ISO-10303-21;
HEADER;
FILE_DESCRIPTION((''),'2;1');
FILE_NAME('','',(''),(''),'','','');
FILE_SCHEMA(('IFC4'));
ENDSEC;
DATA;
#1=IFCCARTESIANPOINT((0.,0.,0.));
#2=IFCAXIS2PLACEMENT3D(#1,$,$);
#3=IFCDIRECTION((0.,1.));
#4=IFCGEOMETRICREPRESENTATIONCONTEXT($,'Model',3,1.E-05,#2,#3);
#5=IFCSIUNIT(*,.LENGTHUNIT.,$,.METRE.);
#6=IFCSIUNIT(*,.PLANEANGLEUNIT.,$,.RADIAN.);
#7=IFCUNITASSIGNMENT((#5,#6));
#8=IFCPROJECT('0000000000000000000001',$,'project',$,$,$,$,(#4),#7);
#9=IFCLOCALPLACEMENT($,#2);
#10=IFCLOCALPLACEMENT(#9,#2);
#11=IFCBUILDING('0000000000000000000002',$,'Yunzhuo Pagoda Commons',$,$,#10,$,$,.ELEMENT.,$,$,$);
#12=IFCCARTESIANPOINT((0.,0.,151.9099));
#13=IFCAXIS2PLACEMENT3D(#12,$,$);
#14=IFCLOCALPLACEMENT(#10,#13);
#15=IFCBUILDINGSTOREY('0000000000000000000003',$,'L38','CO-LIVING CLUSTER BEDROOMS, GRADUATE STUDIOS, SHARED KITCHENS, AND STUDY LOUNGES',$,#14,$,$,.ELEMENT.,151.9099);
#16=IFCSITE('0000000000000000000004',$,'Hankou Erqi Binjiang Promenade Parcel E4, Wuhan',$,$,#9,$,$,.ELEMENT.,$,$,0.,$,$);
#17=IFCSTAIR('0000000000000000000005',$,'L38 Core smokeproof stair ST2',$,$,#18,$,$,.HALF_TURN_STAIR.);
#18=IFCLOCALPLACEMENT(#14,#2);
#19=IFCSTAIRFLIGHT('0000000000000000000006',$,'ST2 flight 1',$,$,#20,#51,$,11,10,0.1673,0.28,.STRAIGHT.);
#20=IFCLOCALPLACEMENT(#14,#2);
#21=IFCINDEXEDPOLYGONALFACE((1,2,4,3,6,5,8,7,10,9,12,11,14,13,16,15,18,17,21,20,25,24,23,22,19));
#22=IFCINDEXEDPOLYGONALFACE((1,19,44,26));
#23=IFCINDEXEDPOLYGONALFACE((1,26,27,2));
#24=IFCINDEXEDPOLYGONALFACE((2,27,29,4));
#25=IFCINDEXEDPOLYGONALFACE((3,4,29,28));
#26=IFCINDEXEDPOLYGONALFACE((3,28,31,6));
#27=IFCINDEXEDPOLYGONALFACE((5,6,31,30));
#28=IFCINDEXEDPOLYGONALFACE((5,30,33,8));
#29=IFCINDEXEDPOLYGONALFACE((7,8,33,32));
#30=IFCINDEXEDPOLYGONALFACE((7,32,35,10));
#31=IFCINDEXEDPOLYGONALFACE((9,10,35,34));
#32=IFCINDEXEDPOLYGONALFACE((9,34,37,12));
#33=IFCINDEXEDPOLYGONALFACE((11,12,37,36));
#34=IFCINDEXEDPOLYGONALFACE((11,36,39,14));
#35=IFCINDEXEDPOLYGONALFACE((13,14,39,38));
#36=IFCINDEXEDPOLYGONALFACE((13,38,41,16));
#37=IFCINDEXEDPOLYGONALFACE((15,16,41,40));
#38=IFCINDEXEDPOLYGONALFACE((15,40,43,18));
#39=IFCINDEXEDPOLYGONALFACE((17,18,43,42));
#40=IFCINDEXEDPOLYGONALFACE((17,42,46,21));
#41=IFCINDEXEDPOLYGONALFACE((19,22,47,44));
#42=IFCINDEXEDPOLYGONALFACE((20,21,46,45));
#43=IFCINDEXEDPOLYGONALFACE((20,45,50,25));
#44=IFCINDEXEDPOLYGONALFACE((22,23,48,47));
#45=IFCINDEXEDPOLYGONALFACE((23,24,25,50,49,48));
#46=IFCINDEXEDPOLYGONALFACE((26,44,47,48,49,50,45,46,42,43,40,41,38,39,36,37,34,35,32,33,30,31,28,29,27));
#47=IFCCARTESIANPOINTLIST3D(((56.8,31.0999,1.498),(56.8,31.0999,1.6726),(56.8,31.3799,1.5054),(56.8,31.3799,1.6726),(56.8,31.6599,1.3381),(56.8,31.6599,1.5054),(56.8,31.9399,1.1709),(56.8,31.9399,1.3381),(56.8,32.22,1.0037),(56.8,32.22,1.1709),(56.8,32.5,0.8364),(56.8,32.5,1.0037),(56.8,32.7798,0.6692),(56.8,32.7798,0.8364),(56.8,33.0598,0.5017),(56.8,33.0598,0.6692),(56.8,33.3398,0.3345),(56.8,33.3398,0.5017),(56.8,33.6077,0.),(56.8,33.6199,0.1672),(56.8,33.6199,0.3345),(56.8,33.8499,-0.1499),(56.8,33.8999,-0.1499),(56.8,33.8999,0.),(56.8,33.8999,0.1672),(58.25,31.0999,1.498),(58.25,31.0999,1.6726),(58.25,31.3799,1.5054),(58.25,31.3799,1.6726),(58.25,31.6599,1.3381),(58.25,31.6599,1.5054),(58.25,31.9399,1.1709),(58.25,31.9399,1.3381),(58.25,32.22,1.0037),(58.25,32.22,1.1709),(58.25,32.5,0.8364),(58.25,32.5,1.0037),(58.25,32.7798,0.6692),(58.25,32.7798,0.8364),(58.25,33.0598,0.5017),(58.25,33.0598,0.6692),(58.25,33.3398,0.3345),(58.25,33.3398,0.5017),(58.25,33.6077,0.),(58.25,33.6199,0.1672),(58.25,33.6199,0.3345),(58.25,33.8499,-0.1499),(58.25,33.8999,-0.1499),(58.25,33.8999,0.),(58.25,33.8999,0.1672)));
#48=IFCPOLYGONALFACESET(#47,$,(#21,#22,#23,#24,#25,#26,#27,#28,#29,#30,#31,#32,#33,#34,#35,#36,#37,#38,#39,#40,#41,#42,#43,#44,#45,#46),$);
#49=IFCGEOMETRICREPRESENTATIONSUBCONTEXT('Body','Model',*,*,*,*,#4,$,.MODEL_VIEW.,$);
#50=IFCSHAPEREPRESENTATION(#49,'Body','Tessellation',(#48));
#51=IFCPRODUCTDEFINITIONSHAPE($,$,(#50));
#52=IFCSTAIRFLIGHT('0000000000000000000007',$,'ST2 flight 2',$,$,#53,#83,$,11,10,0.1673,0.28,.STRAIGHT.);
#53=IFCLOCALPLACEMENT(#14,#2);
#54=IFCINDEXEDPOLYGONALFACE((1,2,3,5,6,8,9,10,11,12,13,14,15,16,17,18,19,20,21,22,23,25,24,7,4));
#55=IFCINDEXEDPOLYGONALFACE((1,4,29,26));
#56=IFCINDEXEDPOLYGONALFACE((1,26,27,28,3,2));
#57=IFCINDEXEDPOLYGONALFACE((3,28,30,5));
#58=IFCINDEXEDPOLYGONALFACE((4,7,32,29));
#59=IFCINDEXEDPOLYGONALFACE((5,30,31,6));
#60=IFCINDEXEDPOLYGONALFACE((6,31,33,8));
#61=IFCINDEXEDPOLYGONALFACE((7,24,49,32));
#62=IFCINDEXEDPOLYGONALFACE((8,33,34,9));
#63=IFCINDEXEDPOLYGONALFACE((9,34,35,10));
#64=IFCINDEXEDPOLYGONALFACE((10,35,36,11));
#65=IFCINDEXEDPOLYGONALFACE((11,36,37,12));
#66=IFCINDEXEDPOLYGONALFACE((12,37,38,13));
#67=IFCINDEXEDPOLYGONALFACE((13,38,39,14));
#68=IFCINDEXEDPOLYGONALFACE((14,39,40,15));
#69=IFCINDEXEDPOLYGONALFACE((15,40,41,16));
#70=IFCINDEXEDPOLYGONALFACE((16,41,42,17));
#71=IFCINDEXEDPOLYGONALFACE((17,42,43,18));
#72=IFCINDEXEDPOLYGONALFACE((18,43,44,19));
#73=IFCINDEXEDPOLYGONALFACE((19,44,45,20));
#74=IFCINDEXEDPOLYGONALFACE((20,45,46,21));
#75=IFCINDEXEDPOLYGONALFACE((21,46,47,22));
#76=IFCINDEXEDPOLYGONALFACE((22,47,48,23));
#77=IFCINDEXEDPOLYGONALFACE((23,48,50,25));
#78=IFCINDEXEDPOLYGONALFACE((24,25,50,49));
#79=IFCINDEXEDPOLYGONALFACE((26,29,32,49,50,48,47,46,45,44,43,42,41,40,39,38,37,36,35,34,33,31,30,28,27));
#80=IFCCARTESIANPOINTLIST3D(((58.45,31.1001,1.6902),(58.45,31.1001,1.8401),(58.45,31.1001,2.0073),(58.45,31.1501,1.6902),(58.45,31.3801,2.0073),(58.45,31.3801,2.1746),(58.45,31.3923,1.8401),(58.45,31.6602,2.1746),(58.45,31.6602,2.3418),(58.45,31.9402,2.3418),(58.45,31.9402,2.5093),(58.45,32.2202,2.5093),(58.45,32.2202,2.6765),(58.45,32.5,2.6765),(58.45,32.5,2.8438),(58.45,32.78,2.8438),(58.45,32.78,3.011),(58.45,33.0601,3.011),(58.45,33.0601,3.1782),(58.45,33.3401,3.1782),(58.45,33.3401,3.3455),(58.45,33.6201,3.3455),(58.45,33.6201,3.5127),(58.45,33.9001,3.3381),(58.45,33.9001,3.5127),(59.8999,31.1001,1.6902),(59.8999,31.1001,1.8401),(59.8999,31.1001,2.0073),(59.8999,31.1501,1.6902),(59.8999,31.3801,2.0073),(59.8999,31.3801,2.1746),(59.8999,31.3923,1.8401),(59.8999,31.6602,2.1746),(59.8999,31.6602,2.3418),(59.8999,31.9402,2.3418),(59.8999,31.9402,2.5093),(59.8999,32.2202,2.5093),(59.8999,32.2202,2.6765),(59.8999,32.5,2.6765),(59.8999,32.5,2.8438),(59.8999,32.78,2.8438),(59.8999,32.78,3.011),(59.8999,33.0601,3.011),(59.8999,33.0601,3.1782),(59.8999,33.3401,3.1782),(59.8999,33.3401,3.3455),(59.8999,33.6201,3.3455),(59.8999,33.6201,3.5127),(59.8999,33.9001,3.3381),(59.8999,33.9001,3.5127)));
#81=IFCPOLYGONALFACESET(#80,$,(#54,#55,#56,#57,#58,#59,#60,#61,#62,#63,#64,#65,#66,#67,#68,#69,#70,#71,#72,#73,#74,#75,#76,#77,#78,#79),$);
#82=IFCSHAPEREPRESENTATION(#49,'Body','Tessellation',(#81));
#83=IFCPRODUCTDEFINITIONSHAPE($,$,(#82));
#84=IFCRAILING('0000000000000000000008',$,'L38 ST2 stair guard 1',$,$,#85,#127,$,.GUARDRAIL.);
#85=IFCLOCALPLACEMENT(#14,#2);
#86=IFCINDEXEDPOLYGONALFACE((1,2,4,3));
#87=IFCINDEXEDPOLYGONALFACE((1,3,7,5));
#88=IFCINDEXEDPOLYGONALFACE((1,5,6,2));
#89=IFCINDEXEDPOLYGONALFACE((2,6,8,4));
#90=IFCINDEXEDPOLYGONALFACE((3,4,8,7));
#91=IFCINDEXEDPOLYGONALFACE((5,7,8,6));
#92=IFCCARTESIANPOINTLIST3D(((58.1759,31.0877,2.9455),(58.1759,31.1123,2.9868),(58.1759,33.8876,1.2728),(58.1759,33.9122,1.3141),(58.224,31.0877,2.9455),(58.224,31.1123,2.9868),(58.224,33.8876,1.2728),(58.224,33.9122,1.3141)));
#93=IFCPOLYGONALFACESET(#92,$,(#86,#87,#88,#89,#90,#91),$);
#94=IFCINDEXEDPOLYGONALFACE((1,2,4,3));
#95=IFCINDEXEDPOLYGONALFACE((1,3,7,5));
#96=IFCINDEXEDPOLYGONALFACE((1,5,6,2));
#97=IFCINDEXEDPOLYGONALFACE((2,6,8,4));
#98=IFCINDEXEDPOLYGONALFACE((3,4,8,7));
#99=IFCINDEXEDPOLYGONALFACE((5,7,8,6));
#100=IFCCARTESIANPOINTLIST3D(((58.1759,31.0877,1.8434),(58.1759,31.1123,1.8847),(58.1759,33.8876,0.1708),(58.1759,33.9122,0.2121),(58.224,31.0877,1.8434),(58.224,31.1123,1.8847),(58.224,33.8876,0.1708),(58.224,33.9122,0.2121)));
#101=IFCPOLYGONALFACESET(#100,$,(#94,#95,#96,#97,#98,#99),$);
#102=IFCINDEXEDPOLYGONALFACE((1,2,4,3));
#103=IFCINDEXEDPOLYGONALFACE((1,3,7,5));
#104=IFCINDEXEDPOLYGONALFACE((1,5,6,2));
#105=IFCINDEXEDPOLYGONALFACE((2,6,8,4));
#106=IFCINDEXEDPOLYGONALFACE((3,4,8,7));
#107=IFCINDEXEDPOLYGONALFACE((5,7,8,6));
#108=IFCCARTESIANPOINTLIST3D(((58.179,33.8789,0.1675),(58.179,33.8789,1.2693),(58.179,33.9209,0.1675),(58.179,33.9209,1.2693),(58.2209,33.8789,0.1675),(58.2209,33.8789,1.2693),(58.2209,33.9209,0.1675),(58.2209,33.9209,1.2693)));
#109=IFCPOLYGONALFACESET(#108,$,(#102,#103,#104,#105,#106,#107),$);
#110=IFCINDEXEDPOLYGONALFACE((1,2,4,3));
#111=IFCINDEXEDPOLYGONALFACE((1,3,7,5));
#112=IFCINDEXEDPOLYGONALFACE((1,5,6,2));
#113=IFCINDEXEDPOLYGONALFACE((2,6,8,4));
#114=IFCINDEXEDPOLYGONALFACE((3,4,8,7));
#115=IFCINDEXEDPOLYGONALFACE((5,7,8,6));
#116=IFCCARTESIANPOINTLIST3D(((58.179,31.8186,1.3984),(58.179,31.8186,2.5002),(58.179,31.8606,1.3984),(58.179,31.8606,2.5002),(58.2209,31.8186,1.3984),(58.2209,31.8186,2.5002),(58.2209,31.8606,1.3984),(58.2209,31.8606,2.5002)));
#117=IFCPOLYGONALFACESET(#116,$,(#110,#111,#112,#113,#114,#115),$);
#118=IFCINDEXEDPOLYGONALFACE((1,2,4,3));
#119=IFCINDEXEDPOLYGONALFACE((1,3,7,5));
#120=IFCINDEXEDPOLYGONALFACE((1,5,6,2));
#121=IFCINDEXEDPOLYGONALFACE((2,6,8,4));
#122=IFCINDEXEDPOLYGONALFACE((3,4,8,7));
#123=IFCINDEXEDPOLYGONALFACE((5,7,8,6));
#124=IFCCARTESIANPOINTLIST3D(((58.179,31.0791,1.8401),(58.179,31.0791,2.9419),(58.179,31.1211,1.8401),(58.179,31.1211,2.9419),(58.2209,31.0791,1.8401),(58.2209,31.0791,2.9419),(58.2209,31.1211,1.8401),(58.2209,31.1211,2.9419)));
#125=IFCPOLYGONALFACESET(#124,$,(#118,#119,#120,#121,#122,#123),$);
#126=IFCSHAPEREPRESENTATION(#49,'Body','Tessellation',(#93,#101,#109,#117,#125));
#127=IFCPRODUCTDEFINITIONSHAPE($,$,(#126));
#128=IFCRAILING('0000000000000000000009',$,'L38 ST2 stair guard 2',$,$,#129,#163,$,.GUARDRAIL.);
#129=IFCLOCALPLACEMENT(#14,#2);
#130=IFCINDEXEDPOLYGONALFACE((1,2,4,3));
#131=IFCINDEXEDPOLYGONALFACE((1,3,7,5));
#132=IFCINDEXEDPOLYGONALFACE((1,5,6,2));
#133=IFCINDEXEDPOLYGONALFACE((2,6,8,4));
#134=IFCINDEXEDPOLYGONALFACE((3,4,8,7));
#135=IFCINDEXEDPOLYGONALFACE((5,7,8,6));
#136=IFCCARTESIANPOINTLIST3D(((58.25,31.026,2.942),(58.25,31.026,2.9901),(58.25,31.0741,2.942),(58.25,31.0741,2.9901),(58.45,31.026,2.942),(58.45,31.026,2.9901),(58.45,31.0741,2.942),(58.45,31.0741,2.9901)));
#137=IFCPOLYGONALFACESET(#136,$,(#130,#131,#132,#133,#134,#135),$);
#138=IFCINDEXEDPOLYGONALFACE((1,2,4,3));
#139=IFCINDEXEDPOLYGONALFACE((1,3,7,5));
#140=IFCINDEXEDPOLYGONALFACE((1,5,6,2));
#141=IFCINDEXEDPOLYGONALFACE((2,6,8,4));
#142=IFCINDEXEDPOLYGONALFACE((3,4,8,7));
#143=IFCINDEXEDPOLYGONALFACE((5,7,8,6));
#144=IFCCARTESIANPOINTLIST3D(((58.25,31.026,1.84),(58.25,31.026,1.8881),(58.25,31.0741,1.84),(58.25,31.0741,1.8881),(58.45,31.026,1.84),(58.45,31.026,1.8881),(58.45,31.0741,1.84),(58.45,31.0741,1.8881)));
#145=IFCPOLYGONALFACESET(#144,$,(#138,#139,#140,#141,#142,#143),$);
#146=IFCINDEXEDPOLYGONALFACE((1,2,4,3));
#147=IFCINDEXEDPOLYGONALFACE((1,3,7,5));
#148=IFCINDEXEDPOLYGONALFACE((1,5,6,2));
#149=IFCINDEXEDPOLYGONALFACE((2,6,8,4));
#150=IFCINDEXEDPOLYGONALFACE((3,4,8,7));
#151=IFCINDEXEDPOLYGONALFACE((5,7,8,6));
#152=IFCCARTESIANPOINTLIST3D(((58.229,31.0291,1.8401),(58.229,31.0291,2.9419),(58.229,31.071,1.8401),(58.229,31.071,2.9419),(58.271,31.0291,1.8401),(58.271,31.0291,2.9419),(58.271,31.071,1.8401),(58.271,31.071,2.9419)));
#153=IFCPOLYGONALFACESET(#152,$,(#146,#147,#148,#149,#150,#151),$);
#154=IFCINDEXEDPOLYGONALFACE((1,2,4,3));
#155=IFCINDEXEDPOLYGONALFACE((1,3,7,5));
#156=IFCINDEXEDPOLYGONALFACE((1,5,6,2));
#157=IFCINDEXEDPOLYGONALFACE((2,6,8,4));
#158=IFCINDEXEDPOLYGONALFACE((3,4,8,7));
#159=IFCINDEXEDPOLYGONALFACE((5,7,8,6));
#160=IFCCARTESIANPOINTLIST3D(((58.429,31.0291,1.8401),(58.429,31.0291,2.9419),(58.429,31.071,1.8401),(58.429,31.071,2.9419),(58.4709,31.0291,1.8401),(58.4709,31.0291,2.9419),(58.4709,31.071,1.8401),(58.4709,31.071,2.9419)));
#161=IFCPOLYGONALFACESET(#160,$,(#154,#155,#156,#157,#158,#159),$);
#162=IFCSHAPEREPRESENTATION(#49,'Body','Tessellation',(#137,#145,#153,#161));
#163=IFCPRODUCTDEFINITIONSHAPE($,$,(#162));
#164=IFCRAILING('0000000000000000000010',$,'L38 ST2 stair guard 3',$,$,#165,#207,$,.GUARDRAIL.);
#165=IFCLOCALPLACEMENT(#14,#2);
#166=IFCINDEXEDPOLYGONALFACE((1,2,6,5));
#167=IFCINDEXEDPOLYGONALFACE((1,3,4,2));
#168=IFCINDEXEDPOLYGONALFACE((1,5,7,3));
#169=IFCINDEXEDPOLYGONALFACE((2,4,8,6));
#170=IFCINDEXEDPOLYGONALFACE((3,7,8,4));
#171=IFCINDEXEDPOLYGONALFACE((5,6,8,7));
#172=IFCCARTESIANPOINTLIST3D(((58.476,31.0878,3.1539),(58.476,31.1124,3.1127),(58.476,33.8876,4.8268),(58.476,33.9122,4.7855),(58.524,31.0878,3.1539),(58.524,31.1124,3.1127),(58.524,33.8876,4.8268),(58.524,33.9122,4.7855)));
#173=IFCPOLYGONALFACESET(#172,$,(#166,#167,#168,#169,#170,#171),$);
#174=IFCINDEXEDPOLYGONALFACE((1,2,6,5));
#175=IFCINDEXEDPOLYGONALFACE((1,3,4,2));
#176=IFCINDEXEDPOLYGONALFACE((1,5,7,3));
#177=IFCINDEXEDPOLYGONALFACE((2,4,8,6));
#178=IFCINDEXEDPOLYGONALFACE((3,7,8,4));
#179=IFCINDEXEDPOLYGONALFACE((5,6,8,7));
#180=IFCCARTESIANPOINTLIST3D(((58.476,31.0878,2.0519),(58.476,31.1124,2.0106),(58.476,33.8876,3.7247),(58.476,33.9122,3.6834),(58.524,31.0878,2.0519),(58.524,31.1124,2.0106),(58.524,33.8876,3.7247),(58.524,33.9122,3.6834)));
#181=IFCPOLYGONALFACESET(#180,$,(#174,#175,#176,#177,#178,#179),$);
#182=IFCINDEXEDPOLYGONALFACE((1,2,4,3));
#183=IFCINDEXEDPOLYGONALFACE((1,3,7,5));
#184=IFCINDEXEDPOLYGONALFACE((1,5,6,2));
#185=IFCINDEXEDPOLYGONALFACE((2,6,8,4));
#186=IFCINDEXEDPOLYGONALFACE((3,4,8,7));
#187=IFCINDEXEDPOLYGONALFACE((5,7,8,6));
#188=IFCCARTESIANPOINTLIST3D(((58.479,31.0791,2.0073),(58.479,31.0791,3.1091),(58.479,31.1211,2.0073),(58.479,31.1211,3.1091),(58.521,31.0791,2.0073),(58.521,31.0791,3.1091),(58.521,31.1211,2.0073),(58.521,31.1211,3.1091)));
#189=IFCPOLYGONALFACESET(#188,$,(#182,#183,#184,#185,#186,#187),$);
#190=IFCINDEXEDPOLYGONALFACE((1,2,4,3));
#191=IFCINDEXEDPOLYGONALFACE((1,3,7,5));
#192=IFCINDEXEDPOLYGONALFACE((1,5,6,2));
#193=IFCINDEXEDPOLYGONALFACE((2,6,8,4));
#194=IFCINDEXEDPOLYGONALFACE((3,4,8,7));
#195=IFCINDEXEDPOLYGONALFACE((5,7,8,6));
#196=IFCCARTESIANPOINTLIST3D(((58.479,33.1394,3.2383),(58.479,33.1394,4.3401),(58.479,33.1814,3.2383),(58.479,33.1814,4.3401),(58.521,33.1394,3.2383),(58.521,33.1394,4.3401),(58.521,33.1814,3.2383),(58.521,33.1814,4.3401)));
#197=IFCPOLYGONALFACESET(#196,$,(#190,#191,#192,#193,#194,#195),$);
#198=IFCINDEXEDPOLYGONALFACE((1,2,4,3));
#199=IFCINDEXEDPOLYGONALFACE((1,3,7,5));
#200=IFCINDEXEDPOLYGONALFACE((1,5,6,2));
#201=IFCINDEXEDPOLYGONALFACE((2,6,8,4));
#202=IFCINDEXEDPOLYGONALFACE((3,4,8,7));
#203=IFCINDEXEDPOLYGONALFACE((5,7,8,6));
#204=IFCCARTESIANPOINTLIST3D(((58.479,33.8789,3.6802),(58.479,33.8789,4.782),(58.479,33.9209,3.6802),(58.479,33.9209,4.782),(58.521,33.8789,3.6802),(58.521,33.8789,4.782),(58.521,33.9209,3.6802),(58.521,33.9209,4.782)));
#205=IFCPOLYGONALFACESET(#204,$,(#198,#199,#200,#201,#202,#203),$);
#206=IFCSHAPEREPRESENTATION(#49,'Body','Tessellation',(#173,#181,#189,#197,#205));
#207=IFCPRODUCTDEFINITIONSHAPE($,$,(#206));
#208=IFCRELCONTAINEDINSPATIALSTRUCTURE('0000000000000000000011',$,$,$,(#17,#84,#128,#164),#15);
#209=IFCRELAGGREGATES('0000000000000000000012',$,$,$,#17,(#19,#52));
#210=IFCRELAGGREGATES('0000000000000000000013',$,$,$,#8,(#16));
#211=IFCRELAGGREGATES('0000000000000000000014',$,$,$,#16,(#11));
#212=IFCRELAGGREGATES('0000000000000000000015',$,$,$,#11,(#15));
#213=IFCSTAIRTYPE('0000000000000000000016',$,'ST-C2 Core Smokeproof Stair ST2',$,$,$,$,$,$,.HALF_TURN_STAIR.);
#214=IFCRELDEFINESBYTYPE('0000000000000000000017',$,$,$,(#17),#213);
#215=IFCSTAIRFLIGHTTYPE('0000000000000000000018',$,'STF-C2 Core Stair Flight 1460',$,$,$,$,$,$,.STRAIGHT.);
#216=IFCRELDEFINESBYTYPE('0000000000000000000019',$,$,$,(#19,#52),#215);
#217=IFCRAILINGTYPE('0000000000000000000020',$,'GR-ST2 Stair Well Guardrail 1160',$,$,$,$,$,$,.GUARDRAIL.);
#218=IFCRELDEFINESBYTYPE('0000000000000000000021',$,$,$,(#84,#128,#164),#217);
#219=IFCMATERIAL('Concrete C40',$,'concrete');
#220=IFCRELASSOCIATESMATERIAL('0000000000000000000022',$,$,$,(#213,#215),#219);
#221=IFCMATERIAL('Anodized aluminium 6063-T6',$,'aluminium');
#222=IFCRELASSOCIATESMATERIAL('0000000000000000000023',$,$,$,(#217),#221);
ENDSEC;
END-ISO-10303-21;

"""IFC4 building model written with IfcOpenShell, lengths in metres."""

from ifc_helpers import new_model, si_unit, direction, frame, origin, origin_2d, place, context, subcontext, project, spatial, polyline, rectangle, outline, extrude, source, transform, mapped, material, type_object, element, aggregate, save


model = new_model("IFC4")

# Units and contexts
model_context = context("Model", 3, precision=1e-05, world=origin(), true_north=direction((0.0, 1.0)))
body_context = subcontext(model_context, "Body", "Model", "MODEL_VIEW")
ifc_project = project(units=[si_unit("LENGTHUNIT", "METRE"), si_unit("PLANEANGLEUNIT", "RADIAN")], contexts=[model_context])

# Site, building, storey
site_placement = place(None, origin())
site = spatial("IfcSite", under=ifc_project, at=site_placement, Name="Hankou Erqi Binjiang Promenade Parcel E4, Wuhan", CompositionType="ELEMENT", RefElevation=0.0)
building_placement = place(site_placement, origin())
building = spatial("IfcBuilding", under=site, at=building_placement, Name="Yunzhuo Pagoda Commons", CompositionType="ELEMENT")
storey_placement = place(building_placement, frame((0.0, 0.0, 151.9099)))
storey = spatial("IfcBuildingStorey", under=building, at=storey_placement, Name="L38", Description="CO-LIVING CLUSTER BEDROOMS, GRADUATE STUDIOS, SHARED KITCHENS, AND STUDY LOUNGES", CompositionType="ELEMENT", Elevation=151.9099)

# Shared definitions
ifc_material_1 = material(Name="Concrete C40", Category="concrete")

# Stair, stair flights
stair_type = type_object("IfcStairType", Name="ST-C2 Core Smokeproof Stair ST2", PredefinedType="HALF_TURN_STAIR", material=ifc_material_1)
stair_placement = place(storey_placement, origin())
stair = element("IfcStair", 1, at=stair_placement, inside=storey, type_object=stair_type, Name="L38 Core smokeproof stair ST2", PredefinedType="HALF_TURN_STAIR")
stair_flight_type = type_object("IfcStairFlightType", Name="STF-C2 Core Stair Flight 1460", PredefinedType="STRAIGHT", material=ifc_material_1)
shared_shape_1 = source(origin(), body_context, "Body", "SweptSolid", [
    extrude(outline(polyline([(0.0, -0.1499), (0.0, 0.0), (0.0, 0.1672), (0.28, 0.1672), (0.28, 0.3345), (0.5601, 0.3345), (0.5601, 0.5017), (0.8401, 0.5017), (0.8401, 0.6692), (1.1201, 0.6692), (1.1201, 0.8364), (1.3999, 0.8364), (1.3999, 1.0037), (1.6799, 1.0037), (1.6799, 1.1709), (1.96, 1.1709), (1.96, 1.3381), (2.24, 1.3381), (2.24, 1.5054), (2.52, 1.5054), (2.52, 1.6726), (2.8, 1.6726), (2.8, 1.8401), (2.8, 1.498), (0.2922, 0.0), (0.05, -0.1499), (0.0, -0.1499)])), frame((0.0, 0.7251, 0.0), z_axis=(0.0, -1.0, 0.0), x_axis=(1.0, 0.0, 0.0)), (0.0, 0.0, 1.0), 1.45),
])
stair_flight_1_placement = place(storey_placement, frame((57.5249, 33.8999, 0.0), z_axis=(0.0, 0.0, 1.0), x_axis=(0.0, -1.0, 0.0)))
stair_flight_1 = element("IfcStairFlight", 2, at=stair_flight_1_placement, type_object=stair_flight_type, Name="ST2 flight 1", NumberOfRisers=11, NumberOfTreads=10, PredefinedType="STRAIGHT", RiserHeight=0.1673, TreadLength=0.28, context=body_context, shape_type="MappedRepresentation", body=[
    mapped(shared_shape_1, transform((0.0, 0.0, 0.0), scale=1.0)),
])
stair_flight_2_placement = place(storey_placement, frame((59.175, 31.1001, 1.8401), z_axis=(0.0, 0.0, 1.0), x_axis=(0.0, 1.0, 0.0)))
stair_flight_2 = element("IfcStairFlight", 3, at=stair_flight_2_placement, type_object=stair_flight_type, Name="ST2 flight 2", NumberOfRisers=11, NumberOfTreads=10, PredefinedType="STRAIGHT", RiserHeight=0.1673, TreadLength=0.28, context=body_context, shape_type="MappedRepresentation", body=[
    mapped(shared_shape_1, transform((0.0, 0.0, 0.0), scale=1.0)),
])
aggregate(stair, [stair_flight_1, stair_flight_2])

# Railings
ifc_material_2 = material(Name="Anodized aluminium 6063-T6", Category="aluminium")
railing_type_1 = type_object("IfcRailingType", Name="GR-ST2 Stair Well Guardrail 1160", PredefinedType="GUARDRAIL", material=ifc_material_2)
railing_1_placement = place(storey_placement, frame((58.2, 33.8999, 0.1675)))
element("IfcRailing", 4, at=railing_1_placement, inside=storey, type_object=railing_type_1, Name="L38 ST2 stair guard 1", PredefinedType="GUARDRAIL", context=body_context, shape_type="SweptSolid", body=[
    extrude(rectangle(XDim=0.0481, YDim=0.0481, at=origin_2d()), frame((0.0, 0.0, 1.126), z_axis=(0.0, -0.858476, 0.512855), x_axis=(1.0, 0.0, 0.0)), (0.0, 0.0, 1.0), 3.2615),
    extrude(rectangle(XDim=0.0481, YDim=0.0481, at=origin_2d()), frame((0.0, 0.0, 0.0239), z_axis=(0.0, -0.858476, 0.512855), x_axis=(1.0, 0.0, 0.0)), (0.0, 0.0, 1.0), 3.2615),
    extrude(rectangle(XDim=0.042, YDim=0.042, at=origin_2d()), origin(), (0.0, 0.0, 1.0), 1.1018),
    extrude(rectangle(XDim=0.042, YDim=0.042, at=origin_2d()), frame((0.0, -2.0603, 1.231)), (0.0, 0.0, 1.0), 1.1018),
    extrude(rectangle(XDim=0.042, YDim=0.042, at=origin_2d()), frame((0.0, -2.7998, 1.6726)), (0.0, 0.0, 1.0), 1.1018),
])
railing_2_placement = place(storey_placement, frame((58.25, 31.05, 1.8401)))
element("IfcRailing", 5, at=railing_2_placement, inside=storey, type_object=railing_type_1, Name="L38 ST2 stair guard 2", PredefinedType="GUARDRAIL", context=body_context, shape_type="SweptSolid", body=[
    extrude(rectangle(XDim=0.0481, YDim=0.0481, at=origin_2d()), frame((0.0, 0.0, 1.126), z_axis=(1.0, 0.0, 0.0), x_axis=(0.0, 1.0, 0.0)), (0.0, 0.0, 1.0), 0.2),
    extrude(rectangle(XDim=0.0481, YDim=0.0481, at=origin_2d()), frame((0.0, 0.0, 0.0239), z_axis=(1.0, 0.0, 0.0), x_axis=(0.0, 1.0, 0.0)), (0.0, 0.0, 1.0), 0.2),
    extrude(rectangle(XDim=0.042, YDim=0.042, at=origin_2d()), origin(), (0.0, 0.0, 1.0), 1.1018),
    extrude(rectangle(XDim=0.042, YDim=0.042, at=origin_2d()), frame((0.2, 0.0, 0.0)), (0.0, 0.0, 1.0), 1.1018),
])
railing_3_placement = place(storey_placement, frame((58.5, 31.1001, 2.0073)))
element("IfcRailing", 6, at=railing_3_placement, inside=storey, type_object=railing_type_1, Name="L38 ST2 stair guard 3", PredefinedType="GUARDRAIL", context=body_context, shape_type="SweptSolid", body=[
    extrude(rectangle(XDim=0.0481, YDim=0.0481, at=origin_2d()), frame((0.0, 0.0, 1.126), z_axis=(0.0, 0.858443, 0.51291), x_axis=(-1.0, 0.0, 0.0)), (0.0, 0.0, 1.0), 3.2615),
    extrude(rectangle(XDim=0.0481, YDim=0.0481, at=origin_2d()), frame((0.0, 0.0, 0.0239), z_axis=(0.0, 0.858443, 0.51291), x_axis=(-1.0, 0.0, 0.0)), (0.0, 0.0, 1.0), 3.2615),
    extrude(rectangle(XDim=0.042, YDim=0.042, at=origin_2d()), origin(), (0.0, 0.0, 1.0), 1.1018),
    extrude(rectangle(XDim=0.042, YDim=0.042, at=origin_2d()), frame((0.0, 2.0603, 1.231)), (0.0, 0.0, 1.0), 1.1018),
    extrude(rectangle(XDim=0.042, YDim=0.042, at=origin_2d()), frame((0.0, 2.7998, 1.6729)), (0.0, 0.0, 1.0), 1.1018),
])

save(model, "model.ifc")
